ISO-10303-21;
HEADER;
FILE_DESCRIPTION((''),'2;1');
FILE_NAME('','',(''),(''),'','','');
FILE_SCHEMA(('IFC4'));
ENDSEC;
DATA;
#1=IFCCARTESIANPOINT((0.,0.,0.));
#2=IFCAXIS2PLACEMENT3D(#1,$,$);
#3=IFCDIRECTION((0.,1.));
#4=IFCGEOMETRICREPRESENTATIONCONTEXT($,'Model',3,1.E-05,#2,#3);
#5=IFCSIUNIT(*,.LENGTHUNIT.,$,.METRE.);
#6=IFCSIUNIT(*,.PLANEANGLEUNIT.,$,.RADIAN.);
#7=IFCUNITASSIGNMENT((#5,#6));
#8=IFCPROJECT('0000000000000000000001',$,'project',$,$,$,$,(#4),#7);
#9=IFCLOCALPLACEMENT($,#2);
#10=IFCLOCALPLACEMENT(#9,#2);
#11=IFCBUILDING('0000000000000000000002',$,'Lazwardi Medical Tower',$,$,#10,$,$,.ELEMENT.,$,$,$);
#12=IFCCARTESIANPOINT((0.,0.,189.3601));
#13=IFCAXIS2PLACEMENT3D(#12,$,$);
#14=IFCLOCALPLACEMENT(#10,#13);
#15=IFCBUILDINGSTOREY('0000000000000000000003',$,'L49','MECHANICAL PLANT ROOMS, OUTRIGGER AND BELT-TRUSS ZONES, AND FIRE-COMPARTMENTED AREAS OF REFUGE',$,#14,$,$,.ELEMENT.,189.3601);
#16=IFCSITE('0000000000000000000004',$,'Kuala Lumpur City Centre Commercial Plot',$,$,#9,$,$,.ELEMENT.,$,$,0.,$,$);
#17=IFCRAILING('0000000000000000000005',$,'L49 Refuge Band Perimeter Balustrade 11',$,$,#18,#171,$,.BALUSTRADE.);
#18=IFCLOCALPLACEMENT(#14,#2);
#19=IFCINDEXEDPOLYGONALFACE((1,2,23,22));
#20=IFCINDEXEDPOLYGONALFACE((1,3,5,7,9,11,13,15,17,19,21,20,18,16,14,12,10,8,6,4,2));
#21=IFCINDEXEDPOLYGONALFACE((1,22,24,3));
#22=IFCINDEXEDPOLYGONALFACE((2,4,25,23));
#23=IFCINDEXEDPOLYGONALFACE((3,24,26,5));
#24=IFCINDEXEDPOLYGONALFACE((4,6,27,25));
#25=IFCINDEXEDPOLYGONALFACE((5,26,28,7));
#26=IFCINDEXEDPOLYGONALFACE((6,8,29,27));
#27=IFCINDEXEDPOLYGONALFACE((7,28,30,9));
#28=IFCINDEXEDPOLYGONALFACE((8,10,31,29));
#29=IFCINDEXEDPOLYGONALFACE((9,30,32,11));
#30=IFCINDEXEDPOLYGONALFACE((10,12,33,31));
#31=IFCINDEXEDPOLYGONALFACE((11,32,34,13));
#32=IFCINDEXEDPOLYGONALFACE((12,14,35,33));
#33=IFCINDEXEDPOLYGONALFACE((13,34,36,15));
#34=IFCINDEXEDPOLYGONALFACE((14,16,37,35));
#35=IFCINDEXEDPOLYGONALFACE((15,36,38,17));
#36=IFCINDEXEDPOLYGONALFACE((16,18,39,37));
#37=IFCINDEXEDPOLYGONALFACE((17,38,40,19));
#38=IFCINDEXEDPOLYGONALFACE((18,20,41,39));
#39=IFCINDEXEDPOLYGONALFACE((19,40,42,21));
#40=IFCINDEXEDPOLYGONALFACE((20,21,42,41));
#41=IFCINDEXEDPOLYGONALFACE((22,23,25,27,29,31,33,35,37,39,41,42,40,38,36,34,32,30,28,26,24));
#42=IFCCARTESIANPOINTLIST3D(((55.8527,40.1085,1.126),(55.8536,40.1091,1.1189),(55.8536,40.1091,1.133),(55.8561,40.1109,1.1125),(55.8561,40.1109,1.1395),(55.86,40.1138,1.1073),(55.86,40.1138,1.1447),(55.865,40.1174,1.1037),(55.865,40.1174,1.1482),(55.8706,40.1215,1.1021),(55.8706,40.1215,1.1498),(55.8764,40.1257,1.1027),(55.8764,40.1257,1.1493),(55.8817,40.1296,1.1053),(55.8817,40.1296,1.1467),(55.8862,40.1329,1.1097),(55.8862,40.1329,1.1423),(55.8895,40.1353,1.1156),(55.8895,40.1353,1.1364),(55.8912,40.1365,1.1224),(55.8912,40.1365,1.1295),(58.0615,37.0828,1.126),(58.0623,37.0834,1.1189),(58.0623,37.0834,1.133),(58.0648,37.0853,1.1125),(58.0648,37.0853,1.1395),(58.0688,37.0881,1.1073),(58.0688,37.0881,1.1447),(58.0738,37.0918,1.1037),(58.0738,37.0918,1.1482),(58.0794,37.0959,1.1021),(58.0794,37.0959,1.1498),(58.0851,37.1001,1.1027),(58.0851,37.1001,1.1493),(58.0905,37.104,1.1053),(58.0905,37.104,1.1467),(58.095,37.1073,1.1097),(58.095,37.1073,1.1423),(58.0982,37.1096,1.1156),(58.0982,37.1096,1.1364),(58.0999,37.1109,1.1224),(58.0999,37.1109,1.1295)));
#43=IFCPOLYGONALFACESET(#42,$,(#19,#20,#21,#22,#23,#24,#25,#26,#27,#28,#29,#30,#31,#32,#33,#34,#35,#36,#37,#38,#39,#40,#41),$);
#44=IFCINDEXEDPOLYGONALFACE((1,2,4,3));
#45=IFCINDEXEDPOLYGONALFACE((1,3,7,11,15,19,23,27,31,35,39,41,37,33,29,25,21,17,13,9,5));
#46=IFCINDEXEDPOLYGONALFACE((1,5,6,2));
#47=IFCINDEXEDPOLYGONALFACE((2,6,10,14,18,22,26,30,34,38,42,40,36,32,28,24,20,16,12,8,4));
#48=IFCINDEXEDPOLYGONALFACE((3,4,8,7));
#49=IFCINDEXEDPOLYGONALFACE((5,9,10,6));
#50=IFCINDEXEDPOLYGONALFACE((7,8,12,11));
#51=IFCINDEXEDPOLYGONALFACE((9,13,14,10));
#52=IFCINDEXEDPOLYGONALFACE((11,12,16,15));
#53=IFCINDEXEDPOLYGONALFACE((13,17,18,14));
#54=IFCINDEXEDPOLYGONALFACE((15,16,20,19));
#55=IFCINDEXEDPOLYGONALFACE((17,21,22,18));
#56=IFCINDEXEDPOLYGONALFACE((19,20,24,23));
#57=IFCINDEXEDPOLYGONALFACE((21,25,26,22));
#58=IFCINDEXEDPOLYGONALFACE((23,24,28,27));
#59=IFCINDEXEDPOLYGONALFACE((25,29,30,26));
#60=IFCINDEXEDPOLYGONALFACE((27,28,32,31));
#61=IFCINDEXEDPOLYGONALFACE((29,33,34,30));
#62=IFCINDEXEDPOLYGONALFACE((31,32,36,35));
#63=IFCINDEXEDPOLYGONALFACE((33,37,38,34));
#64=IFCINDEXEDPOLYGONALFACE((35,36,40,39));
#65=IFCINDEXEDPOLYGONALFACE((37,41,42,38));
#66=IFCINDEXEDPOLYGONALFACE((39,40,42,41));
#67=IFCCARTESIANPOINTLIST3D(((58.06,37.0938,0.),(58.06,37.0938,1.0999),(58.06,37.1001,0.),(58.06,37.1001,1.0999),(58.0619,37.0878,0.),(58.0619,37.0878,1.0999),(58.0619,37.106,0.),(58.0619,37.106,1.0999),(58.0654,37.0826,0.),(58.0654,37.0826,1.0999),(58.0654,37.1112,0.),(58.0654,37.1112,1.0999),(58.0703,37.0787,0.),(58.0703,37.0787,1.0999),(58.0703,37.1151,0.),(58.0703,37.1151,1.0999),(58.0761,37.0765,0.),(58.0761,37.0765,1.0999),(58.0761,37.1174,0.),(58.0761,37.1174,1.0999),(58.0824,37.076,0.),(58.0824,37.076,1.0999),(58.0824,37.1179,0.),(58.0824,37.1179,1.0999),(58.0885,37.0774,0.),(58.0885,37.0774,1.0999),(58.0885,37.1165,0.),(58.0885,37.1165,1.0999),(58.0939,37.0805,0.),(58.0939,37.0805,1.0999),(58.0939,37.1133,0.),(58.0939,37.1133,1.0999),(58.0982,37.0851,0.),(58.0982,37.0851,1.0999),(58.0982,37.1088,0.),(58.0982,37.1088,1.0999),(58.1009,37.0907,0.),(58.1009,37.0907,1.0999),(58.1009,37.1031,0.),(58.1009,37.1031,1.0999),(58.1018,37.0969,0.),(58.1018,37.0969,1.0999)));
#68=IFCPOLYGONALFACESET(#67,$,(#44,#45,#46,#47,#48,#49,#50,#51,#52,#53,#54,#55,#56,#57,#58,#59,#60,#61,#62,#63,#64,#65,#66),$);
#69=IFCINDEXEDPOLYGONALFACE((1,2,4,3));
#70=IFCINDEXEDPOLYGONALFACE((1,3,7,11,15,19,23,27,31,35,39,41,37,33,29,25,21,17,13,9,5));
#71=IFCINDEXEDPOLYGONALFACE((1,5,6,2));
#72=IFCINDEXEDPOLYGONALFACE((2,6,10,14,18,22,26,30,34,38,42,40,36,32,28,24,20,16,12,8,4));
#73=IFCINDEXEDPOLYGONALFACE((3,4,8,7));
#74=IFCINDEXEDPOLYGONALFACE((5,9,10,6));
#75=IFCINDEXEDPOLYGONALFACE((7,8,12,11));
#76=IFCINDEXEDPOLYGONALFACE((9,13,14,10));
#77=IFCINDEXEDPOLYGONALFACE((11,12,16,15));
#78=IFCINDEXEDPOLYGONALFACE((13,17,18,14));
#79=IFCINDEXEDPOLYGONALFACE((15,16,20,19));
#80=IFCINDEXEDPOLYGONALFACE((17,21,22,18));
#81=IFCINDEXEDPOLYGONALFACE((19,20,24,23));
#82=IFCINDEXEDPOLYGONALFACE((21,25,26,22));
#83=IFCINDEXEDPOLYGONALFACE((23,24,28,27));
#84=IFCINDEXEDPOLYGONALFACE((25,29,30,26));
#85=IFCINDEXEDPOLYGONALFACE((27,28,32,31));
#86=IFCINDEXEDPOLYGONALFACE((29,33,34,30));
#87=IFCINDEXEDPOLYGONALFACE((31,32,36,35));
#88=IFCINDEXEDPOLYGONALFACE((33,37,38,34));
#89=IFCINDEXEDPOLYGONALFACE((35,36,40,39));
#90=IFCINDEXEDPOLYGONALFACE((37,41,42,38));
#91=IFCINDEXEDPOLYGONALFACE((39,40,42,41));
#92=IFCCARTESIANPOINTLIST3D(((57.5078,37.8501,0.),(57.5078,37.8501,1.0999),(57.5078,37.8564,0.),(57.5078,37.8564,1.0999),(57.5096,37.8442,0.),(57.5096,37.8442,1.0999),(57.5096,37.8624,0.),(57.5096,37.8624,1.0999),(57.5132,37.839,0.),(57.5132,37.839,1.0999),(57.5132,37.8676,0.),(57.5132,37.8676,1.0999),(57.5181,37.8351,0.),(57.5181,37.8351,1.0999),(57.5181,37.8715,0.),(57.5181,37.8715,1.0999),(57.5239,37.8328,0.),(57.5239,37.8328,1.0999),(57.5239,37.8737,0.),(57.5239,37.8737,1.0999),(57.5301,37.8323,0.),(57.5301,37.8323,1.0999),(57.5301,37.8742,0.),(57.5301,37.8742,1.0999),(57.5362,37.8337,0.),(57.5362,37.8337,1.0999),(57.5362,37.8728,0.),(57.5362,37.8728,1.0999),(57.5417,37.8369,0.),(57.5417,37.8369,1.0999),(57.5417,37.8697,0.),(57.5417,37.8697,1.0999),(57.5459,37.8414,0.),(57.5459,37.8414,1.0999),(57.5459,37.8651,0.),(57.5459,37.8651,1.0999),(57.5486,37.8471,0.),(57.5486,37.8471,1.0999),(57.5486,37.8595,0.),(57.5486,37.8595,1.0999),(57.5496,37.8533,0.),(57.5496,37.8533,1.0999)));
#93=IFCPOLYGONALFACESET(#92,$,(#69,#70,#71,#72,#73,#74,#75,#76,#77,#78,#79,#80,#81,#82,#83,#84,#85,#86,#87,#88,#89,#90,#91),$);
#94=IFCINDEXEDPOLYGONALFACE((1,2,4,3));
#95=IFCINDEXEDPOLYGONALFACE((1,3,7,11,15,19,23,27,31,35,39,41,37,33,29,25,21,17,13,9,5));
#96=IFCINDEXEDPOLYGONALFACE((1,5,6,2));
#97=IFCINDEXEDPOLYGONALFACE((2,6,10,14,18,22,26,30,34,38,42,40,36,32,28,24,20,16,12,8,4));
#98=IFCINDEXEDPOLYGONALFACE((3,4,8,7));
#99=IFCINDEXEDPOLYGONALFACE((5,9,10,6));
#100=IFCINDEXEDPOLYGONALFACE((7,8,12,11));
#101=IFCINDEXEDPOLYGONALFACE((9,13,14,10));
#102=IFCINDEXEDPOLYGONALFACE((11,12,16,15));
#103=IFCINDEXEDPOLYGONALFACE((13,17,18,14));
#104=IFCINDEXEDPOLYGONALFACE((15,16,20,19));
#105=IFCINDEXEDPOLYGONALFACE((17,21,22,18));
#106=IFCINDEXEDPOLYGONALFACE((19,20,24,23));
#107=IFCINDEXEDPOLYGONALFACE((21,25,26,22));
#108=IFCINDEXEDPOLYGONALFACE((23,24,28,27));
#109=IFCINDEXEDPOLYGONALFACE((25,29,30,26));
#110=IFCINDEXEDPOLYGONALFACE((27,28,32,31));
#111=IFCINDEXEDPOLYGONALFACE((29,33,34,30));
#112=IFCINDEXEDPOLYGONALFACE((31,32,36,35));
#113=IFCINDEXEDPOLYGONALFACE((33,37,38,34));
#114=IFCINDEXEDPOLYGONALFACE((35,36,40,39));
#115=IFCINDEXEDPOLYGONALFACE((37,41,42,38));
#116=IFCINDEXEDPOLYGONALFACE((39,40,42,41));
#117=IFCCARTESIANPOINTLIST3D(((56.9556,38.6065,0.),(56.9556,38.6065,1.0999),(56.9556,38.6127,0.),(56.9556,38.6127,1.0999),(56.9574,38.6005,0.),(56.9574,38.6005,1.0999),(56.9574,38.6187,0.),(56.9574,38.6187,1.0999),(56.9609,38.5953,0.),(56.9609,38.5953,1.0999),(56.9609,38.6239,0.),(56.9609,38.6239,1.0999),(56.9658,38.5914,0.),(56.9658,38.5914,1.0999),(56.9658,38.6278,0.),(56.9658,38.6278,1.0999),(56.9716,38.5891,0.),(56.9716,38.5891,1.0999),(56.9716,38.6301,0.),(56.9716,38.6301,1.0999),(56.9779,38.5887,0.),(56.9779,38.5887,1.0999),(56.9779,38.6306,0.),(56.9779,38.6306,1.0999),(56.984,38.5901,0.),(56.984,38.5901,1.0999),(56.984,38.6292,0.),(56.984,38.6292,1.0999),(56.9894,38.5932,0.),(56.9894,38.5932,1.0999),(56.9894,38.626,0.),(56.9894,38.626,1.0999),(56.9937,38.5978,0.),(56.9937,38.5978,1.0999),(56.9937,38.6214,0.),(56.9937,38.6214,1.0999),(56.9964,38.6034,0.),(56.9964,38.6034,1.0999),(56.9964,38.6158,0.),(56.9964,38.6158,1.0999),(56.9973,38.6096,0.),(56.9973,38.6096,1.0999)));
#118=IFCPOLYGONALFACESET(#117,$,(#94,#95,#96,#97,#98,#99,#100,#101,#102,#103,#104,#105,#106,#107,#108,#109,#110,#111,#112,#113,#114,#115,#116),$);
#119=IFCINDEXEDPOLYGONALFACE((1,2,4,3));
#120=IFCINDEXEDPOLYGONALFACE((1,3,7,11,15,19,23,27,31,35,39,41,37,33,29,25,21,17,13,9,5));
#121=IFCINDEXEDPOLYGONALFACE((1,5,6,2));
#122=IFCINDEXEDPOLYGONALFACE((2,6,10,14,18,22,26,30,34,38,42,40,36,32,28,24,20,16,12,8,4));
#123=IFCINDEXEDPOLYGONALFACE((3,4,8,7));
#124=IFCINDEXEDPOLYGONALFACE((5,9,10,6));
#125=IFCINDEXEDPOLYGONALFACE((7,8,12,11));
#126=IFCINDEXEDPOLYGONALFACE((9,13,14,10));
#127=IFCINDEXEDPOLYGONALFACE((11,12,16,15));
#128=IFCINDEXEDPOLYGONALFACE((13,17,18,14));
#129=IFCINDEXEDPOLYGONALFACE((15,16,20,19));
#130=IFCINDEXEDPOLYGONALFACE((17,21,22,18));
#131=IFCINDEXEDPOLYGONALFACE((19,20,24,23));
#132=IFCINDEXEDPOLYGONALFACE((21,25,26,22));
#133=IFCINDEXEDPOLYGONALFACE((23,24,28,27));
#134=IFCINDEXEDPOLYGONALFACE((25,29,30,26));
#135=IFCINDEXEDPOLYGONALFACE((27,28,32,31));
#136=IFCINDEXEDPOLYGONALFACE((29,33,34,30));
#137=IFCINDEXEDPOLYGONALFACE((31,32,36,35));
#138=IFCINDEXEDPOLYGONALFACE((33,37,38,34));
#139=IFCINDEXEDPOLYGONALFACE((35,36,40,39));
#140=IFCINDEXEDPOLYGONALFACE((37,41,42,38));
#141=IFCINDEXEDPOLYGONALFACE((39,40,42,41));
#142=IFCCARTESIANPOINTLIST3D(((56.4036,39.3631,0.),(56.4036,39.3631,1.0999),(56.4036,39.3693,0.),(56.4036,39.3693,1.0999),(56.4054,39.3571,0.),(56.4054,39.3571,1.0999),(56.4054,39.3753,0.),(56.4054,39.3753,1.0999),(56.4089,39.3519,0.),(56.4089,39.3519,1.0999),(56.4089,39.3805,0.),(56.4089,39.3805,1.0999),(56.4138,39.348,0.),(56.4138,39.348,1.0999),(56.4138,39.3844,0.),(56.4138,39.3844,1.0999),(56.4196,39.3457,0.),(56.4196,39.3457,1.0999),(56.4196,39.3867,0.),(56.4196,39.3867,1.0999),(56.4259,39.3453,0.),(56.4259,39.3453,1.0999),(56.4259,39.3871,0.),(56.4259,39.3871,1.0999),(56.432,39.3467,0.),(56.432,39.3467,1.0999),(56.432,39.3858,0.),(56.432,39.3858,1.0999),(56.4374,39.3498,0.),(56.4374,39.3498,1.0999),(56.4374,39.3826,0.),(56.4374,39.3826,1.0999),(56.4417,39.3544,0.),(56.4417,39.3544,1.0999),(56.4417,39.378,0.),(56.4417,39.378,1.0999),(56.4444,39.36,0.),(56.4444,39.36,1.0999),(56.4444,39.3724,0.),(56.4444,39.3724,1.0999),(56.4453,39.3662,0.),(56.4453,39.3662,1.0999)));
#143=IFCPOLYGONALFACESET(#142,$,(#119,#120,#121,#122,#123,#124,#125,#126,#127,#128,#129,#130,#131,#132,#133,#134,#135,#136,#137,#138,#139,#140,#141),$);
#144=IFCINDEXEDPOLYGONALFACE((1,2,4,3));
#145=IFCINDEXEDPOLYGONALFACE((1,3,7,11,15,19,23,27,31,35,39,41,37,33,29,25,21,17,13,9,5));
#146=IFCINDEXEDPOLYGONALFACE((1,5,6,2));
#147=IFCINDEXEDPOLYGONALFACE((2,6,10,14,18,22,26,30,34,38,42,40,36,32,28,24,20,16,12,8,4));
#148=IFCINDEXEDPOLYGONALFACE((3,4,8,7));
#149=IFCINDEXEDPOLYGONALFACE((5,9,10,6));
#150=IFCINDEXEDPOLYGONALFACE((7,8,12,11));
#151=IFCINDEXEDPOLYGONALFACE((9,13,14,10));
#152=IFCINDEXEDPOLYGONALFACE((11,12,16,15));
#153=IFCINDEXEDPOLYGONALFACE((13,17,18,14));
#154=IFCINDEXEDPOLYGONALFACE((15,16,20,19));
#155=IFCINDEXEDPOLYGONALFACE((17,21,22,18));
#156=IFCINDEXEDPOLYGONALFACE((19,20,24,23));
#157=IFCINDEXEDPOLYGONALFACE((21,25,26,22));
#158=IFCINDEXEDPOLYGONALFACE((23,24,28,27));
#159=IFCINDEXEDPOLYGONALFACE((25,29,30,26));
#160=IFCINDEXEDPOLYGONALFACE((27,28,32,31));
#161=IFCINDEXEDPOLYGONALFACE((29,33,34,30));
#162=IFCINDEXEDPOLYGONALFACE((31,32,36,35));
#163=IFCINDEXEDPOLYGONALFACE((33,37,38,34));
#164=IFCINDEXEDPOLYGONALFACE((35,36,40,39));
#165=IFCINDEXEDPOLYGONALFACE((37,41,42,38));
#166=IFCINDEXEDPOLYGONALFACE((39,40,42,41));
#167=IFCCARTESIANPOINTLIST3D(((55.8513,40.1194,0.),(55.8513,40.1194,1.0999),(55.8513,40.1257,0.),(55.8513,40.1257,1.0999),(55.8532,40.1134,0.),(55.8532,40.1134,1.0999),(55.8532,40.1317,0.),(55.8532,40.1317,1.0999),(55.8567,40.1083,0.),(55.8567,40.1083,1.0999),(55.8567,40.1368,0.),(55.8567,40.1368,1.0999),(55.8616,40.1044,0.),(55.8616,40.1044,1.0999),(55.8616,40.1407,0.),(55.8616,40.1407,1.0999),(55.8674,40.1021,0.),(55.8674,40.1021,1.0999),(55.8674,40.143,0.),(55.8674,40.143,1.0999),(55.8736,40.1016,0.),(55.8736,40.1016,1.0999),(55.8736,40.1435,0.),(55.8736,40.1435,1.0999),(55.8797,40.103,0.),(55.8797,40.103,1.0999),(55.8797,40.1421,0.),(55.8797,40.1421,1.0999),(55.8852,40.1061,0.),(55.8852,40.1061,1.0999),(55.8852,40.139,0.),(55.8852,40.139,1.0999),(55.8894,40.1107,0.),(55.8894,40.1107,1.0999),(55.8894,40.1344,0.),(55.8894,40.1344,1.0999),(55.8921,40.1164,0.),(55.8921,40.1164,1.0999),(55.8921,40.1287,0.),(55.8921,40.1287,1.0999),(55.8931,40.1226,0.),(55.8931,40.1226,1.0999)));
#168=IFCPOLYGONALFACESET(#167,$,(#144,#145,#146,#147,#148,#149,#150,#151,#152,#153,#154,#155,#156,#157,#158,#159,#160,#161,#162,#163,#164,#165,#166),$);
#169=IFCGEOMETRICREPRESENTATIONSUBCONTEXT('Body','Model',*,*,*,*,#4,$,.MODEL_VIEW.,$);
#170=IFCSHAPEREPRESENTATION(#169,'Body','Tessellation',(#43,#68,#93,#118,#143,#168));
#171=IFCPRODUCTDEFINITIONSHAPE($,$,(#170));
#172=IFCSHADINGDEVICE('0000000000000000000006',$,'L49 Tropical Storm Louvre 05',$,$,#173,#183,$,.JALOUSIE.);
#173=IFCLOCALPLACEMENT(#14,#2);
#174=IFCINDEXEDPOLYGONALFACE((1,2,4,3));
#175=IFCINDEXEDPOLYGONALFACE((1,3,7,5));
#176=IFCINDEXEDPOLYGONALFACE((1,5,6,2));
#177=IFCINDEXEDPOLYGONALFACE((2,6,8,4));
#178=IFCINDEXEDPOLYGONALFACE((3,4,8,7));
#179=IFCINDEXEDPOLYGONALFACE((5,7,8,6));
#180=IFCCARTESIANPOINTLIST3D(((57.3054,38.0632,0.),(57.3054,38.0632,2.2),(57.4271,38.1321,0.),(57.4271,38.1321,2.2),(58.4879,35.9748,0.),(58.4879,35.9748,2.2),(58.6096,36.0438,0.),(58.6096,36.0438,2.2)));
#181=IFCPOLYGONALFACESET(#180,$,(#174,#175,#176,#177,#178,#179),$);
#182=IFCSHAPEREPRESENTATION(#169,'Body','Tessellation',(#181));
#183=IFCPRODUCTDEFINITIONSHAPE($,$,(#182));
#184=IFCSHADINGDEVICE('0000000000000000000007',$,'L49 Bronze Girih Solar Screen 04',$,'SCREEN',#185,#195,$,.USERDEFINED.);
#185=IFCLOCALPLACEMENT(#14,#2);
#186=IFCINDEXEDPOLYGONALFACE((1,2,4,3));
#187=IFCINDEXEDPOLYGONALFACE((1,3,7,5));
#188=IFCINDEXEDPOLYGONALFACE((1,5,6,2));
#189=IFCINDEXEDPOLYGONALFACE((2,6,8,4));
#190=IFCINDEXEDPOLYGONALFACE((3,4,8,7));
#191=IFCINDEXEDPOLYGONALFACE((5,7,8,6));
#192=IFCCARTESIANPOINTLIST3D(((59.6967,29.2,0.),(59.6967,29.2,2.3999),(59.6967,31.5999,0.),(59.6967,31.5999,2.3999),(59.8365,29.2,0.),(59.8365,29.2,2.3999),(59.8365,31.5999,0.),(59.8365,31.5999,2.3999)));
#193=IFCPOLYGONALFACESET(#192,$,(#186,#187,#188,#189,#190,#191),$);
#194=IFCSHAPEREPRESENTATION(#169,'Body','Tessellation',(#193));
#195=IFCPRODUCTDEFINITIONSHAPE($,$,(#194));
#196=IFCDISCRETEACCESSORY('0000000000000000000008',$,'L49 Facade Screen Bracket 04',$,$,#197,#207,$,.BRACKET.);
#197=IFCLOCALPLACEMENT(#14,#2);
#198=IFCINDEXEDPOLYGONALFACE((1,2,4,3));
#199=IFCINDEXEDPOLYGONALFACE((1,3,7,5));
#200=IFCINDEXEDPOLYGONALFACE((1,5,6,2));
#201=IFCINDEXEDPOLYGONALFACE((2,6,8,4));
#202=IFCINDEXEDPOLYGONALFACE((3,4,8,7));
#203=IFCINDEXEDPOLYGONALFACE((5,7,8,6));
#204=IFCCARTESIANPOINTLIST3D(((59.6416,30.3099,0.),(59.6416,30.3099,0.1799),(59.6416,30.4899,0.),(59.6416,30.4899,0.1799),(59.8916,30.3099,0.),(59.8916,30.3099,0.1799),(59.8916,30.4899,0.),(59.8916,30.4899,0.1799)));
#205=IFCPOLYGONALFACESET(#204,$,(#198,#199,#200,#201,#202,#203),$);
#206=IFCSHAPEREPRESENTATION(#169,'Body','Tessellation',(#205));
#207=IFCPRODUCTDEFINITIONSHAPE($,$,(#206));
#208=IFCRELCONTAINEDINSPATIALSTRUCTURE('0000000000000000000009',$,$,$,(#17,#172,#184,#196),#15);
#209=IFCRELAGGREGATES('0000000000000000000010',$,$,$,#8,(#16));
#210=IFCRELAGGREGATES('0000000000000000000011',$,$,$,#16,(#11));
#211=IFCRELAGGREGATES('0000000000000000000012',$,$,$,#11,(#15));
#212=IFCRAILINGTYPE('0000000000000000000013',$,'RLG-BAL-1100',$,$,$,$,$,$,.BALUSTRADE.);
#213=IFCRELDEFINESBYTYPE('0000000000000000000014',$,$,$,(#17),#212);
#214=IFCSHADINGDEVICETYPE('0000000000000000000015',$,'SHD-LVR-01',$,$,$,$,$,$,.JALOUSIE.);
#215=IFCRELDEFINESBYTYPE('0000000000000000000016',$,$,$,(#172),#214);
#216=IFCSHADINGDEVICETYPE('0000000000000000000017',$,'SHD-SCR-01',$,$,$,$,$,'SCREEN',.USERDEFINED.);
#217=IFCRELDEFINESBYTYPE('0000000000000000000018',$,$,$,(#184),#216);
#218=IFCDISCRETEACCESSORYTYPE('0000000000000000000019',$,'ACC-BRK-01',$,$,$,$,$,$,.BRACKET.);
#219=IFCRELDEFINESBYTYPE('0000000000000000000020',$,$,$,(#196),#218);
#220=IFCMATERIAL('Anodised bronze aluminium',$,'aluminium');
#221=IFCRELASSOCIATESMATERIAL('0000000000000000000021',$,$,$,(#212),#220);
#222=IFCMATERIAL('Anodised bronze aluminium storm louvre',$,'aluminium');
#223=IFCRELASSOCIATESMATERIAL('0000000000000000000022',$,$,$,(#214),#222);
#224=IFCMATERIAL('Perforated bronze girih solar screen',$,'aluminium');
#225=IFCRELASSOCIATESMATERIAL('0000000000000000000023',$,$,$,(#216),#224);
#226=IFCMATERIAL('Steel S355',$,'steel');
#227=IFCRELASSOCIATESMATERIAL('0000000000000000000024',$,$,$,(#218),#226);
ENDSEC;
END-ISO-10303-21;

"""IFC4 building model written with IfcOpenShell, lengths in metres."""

from ifc_helpers import new_model, si_unit, direction, frame, origin, origin_2d, place, context, subcontext, project, spatial, rectangle, circle, extrude, material, type_object, element, save


model = new_model("IFC4")

# Units and contexts
model_context = context("Model", 3, precision=1e-05, world=origin(), true_north=direction((0.0, 1.0)))
body_context = subcontext(model_context, "Body", "Model", "MODEL_VIEW")
ifc_project = project(units=[si_unit("LENGTHUNIT", "METRE"), si_unit("PLANEANGLEUNIT", "RADIAN")], contexts=[model_context])

# Site, building, storey
site_placement = place(None, origin())
site = spatial("IfcSite", under=ifc_project, at=site_placement, Name="Kuala Lumpur City Centre Commercial Plot", CompositionType="ELEMENT", RefElevation=0.0)
building_placement = place(site_placement, origin())
building = spatial("IfcBuilding", under=site, at=building_placement, Name="Lazwardi Medical Tower", CompositionType="ELEMENT")
storey_placement = place(building_placement, frame((0.0, 0.0, 189.3601)))
storey = spatial("IfcBuildingStorey", under=building, at=storey_placement, Name="L49", Description="MECHANICAL PLANT ROOMS, OUTRIGGER AND BELT-TRUSS ZONES, AND FIRE-COMPARTMENTED AREAS OF REFUGE", CompositionType="ELEMENT", Elevation=189.3601)

# Shared definitions
ifc_material_1 = material(Name="Steel S355", Category="steel")

# Railing
ifc_material_2 = material(Name="Anodised bronze aluminium", Category="aluminium")
railing_type = type_object("IfcRailingType", Name="RLG-BAL-1100", PredefinedType="BALUSTRADE", material=ifc_material_2)
railing_1_placement = place(storey_placement, frame((58.0808, 37.0969, 0.0)))
element("IfcRailing", 1, at=railing_1_placement, inside=storey, type_object=railing_type, Name="L49 Refuge Band Perimeter Balustrade 11", PredefinedType="BALUSTRADE", context=body_context, shape_type="SweptSolid", body=[
    extrude(circle(Radius=0.0239, at=origin_2d()), frame((0.0, 0.0, 1.126), z_axis=(-0.589616, 0.807684, 0.0), x_axis=(-0.807684, -0.589616, 0.0)), (0.0, 0.0, 1.0), 3.7461),
    extrude(circle(Radius=0.021, at=origin_2d()), origin(), (0.0, 0.0, 1.0), 1.0999),
    extrude(circle(Radius=0.021, at=origin_2d()), frame((-0.5522, 0.7563, 0.0)), (0.0, 0.0, 1.0), 1.0999),
    extrude(circle(Radius=0.021, at=origin_2d()), frame((-1.1045, 1.5127, 0.0)), (0.0, 0.0, 1.0), 1.0999),
    extrude(circle(Radius=0.021, at=origin_2d()), frame((-1.6565, 2.2693, 0.0)), (0.0, 0.0, 1.0), 1.0999),
    extrude(circle(Radius=0.021, at=origin_2d()), frame((-2.2087, 3.0256, 0.0)), (0.0, 0.0, 1.0), 1.0999),
])

# Shading devices
ifc_material_3 = material(Name="Anodised bronze aluminium storm louvre", Category="aluminium")
shading_device_type_1 = type_object("IfcShadingDeviceType", Name="SHD-LVR-01", PredefinedType="JALOUSIE", material=ifc_material_3)
shading_device_1_placement = place(storey_placement, frame((57.9575, 37.0535, 0.0), z_axis=(0.0, 0.0, 1.0), x_axis=(-0.492726, 0.870185, 0.0)))
element("IfcShadingDevice", 2, at=shading_device_1_placement, inside=storey, type_object=shading_device_type_1, Name="L49 Tropical Storm Louvre 05", PredefinedType="JALOUSIE", context=body_context, shape_type="SweptSolid", body=[
    extrude(rectangle(XDim=2.3999, YDim=0.1399, at=origin_2d()), origin(), (0.0, 0.0, 1.0), 2.2),
])
ifc_material_4 = material(Name="Perforated bronze girih solar screen", Category="aluminium")
shading_device_type_2 = type_object("IfcShadingDeviceType", Name="SHD-SCR-01", ElementType="SCREEN", PredefinedType="USERDEFINED", material=ifc_material_4)
shading_device_2_placement = place(storey_placement, frame((59.7666, 30.3999, 0.0), z_axis=(0.0, 0.0, 1.0), x_axis=(0.0, 1.0, 0.0)))
element("IfcShadingDevice", 3, at=shading_device_2_placement, inside=storey, type_object=shading_device_type_2, Name="L49 Bronze Girih Solar Screen 04", ObjectType="SCREEN", PredefinedType="USERDEFINED", context=body_context, shape_type="SweptSolid", body=[
    extrude(rectangle(XDim=2.3999, YDim=0.1399, at=origin_2d()), origin(), (0.0, 0.0, 1.0), 2.3999),
])

# Discrete accessory
discrete_accessory_type = type_object("IfcDiscreteAccessoryType", Name="ACC-BRK-01", PredefinedType="BRACKET", material=ifc_material_1)
for number, where, z_axis, x_axis, name in (
    (4, (59.7666, 30.3999, 0.0), (0.0, 0.0, 1.0), (0.0, 1.0, 0.0), "L49 Facade Screen Bracket 04"),
):
    element("IfcDiscreteAccessory", number, at=place(storey_placement, frame(where, z_axis=z_axis, x_axis=x_axis)), inside=storey, type_object=discrete_accessory_type, Name=name, PredefinedType="BRACKET", context=body_context, shape_type="SweptSolid", body=[
        extrude(rectangle(XDim=0.1799, YDim=0.25, at=origin_2d()), origin(), (0.0, 0.0, 1.0), 0.1799),
    ])

save(model, "model.ifc")
